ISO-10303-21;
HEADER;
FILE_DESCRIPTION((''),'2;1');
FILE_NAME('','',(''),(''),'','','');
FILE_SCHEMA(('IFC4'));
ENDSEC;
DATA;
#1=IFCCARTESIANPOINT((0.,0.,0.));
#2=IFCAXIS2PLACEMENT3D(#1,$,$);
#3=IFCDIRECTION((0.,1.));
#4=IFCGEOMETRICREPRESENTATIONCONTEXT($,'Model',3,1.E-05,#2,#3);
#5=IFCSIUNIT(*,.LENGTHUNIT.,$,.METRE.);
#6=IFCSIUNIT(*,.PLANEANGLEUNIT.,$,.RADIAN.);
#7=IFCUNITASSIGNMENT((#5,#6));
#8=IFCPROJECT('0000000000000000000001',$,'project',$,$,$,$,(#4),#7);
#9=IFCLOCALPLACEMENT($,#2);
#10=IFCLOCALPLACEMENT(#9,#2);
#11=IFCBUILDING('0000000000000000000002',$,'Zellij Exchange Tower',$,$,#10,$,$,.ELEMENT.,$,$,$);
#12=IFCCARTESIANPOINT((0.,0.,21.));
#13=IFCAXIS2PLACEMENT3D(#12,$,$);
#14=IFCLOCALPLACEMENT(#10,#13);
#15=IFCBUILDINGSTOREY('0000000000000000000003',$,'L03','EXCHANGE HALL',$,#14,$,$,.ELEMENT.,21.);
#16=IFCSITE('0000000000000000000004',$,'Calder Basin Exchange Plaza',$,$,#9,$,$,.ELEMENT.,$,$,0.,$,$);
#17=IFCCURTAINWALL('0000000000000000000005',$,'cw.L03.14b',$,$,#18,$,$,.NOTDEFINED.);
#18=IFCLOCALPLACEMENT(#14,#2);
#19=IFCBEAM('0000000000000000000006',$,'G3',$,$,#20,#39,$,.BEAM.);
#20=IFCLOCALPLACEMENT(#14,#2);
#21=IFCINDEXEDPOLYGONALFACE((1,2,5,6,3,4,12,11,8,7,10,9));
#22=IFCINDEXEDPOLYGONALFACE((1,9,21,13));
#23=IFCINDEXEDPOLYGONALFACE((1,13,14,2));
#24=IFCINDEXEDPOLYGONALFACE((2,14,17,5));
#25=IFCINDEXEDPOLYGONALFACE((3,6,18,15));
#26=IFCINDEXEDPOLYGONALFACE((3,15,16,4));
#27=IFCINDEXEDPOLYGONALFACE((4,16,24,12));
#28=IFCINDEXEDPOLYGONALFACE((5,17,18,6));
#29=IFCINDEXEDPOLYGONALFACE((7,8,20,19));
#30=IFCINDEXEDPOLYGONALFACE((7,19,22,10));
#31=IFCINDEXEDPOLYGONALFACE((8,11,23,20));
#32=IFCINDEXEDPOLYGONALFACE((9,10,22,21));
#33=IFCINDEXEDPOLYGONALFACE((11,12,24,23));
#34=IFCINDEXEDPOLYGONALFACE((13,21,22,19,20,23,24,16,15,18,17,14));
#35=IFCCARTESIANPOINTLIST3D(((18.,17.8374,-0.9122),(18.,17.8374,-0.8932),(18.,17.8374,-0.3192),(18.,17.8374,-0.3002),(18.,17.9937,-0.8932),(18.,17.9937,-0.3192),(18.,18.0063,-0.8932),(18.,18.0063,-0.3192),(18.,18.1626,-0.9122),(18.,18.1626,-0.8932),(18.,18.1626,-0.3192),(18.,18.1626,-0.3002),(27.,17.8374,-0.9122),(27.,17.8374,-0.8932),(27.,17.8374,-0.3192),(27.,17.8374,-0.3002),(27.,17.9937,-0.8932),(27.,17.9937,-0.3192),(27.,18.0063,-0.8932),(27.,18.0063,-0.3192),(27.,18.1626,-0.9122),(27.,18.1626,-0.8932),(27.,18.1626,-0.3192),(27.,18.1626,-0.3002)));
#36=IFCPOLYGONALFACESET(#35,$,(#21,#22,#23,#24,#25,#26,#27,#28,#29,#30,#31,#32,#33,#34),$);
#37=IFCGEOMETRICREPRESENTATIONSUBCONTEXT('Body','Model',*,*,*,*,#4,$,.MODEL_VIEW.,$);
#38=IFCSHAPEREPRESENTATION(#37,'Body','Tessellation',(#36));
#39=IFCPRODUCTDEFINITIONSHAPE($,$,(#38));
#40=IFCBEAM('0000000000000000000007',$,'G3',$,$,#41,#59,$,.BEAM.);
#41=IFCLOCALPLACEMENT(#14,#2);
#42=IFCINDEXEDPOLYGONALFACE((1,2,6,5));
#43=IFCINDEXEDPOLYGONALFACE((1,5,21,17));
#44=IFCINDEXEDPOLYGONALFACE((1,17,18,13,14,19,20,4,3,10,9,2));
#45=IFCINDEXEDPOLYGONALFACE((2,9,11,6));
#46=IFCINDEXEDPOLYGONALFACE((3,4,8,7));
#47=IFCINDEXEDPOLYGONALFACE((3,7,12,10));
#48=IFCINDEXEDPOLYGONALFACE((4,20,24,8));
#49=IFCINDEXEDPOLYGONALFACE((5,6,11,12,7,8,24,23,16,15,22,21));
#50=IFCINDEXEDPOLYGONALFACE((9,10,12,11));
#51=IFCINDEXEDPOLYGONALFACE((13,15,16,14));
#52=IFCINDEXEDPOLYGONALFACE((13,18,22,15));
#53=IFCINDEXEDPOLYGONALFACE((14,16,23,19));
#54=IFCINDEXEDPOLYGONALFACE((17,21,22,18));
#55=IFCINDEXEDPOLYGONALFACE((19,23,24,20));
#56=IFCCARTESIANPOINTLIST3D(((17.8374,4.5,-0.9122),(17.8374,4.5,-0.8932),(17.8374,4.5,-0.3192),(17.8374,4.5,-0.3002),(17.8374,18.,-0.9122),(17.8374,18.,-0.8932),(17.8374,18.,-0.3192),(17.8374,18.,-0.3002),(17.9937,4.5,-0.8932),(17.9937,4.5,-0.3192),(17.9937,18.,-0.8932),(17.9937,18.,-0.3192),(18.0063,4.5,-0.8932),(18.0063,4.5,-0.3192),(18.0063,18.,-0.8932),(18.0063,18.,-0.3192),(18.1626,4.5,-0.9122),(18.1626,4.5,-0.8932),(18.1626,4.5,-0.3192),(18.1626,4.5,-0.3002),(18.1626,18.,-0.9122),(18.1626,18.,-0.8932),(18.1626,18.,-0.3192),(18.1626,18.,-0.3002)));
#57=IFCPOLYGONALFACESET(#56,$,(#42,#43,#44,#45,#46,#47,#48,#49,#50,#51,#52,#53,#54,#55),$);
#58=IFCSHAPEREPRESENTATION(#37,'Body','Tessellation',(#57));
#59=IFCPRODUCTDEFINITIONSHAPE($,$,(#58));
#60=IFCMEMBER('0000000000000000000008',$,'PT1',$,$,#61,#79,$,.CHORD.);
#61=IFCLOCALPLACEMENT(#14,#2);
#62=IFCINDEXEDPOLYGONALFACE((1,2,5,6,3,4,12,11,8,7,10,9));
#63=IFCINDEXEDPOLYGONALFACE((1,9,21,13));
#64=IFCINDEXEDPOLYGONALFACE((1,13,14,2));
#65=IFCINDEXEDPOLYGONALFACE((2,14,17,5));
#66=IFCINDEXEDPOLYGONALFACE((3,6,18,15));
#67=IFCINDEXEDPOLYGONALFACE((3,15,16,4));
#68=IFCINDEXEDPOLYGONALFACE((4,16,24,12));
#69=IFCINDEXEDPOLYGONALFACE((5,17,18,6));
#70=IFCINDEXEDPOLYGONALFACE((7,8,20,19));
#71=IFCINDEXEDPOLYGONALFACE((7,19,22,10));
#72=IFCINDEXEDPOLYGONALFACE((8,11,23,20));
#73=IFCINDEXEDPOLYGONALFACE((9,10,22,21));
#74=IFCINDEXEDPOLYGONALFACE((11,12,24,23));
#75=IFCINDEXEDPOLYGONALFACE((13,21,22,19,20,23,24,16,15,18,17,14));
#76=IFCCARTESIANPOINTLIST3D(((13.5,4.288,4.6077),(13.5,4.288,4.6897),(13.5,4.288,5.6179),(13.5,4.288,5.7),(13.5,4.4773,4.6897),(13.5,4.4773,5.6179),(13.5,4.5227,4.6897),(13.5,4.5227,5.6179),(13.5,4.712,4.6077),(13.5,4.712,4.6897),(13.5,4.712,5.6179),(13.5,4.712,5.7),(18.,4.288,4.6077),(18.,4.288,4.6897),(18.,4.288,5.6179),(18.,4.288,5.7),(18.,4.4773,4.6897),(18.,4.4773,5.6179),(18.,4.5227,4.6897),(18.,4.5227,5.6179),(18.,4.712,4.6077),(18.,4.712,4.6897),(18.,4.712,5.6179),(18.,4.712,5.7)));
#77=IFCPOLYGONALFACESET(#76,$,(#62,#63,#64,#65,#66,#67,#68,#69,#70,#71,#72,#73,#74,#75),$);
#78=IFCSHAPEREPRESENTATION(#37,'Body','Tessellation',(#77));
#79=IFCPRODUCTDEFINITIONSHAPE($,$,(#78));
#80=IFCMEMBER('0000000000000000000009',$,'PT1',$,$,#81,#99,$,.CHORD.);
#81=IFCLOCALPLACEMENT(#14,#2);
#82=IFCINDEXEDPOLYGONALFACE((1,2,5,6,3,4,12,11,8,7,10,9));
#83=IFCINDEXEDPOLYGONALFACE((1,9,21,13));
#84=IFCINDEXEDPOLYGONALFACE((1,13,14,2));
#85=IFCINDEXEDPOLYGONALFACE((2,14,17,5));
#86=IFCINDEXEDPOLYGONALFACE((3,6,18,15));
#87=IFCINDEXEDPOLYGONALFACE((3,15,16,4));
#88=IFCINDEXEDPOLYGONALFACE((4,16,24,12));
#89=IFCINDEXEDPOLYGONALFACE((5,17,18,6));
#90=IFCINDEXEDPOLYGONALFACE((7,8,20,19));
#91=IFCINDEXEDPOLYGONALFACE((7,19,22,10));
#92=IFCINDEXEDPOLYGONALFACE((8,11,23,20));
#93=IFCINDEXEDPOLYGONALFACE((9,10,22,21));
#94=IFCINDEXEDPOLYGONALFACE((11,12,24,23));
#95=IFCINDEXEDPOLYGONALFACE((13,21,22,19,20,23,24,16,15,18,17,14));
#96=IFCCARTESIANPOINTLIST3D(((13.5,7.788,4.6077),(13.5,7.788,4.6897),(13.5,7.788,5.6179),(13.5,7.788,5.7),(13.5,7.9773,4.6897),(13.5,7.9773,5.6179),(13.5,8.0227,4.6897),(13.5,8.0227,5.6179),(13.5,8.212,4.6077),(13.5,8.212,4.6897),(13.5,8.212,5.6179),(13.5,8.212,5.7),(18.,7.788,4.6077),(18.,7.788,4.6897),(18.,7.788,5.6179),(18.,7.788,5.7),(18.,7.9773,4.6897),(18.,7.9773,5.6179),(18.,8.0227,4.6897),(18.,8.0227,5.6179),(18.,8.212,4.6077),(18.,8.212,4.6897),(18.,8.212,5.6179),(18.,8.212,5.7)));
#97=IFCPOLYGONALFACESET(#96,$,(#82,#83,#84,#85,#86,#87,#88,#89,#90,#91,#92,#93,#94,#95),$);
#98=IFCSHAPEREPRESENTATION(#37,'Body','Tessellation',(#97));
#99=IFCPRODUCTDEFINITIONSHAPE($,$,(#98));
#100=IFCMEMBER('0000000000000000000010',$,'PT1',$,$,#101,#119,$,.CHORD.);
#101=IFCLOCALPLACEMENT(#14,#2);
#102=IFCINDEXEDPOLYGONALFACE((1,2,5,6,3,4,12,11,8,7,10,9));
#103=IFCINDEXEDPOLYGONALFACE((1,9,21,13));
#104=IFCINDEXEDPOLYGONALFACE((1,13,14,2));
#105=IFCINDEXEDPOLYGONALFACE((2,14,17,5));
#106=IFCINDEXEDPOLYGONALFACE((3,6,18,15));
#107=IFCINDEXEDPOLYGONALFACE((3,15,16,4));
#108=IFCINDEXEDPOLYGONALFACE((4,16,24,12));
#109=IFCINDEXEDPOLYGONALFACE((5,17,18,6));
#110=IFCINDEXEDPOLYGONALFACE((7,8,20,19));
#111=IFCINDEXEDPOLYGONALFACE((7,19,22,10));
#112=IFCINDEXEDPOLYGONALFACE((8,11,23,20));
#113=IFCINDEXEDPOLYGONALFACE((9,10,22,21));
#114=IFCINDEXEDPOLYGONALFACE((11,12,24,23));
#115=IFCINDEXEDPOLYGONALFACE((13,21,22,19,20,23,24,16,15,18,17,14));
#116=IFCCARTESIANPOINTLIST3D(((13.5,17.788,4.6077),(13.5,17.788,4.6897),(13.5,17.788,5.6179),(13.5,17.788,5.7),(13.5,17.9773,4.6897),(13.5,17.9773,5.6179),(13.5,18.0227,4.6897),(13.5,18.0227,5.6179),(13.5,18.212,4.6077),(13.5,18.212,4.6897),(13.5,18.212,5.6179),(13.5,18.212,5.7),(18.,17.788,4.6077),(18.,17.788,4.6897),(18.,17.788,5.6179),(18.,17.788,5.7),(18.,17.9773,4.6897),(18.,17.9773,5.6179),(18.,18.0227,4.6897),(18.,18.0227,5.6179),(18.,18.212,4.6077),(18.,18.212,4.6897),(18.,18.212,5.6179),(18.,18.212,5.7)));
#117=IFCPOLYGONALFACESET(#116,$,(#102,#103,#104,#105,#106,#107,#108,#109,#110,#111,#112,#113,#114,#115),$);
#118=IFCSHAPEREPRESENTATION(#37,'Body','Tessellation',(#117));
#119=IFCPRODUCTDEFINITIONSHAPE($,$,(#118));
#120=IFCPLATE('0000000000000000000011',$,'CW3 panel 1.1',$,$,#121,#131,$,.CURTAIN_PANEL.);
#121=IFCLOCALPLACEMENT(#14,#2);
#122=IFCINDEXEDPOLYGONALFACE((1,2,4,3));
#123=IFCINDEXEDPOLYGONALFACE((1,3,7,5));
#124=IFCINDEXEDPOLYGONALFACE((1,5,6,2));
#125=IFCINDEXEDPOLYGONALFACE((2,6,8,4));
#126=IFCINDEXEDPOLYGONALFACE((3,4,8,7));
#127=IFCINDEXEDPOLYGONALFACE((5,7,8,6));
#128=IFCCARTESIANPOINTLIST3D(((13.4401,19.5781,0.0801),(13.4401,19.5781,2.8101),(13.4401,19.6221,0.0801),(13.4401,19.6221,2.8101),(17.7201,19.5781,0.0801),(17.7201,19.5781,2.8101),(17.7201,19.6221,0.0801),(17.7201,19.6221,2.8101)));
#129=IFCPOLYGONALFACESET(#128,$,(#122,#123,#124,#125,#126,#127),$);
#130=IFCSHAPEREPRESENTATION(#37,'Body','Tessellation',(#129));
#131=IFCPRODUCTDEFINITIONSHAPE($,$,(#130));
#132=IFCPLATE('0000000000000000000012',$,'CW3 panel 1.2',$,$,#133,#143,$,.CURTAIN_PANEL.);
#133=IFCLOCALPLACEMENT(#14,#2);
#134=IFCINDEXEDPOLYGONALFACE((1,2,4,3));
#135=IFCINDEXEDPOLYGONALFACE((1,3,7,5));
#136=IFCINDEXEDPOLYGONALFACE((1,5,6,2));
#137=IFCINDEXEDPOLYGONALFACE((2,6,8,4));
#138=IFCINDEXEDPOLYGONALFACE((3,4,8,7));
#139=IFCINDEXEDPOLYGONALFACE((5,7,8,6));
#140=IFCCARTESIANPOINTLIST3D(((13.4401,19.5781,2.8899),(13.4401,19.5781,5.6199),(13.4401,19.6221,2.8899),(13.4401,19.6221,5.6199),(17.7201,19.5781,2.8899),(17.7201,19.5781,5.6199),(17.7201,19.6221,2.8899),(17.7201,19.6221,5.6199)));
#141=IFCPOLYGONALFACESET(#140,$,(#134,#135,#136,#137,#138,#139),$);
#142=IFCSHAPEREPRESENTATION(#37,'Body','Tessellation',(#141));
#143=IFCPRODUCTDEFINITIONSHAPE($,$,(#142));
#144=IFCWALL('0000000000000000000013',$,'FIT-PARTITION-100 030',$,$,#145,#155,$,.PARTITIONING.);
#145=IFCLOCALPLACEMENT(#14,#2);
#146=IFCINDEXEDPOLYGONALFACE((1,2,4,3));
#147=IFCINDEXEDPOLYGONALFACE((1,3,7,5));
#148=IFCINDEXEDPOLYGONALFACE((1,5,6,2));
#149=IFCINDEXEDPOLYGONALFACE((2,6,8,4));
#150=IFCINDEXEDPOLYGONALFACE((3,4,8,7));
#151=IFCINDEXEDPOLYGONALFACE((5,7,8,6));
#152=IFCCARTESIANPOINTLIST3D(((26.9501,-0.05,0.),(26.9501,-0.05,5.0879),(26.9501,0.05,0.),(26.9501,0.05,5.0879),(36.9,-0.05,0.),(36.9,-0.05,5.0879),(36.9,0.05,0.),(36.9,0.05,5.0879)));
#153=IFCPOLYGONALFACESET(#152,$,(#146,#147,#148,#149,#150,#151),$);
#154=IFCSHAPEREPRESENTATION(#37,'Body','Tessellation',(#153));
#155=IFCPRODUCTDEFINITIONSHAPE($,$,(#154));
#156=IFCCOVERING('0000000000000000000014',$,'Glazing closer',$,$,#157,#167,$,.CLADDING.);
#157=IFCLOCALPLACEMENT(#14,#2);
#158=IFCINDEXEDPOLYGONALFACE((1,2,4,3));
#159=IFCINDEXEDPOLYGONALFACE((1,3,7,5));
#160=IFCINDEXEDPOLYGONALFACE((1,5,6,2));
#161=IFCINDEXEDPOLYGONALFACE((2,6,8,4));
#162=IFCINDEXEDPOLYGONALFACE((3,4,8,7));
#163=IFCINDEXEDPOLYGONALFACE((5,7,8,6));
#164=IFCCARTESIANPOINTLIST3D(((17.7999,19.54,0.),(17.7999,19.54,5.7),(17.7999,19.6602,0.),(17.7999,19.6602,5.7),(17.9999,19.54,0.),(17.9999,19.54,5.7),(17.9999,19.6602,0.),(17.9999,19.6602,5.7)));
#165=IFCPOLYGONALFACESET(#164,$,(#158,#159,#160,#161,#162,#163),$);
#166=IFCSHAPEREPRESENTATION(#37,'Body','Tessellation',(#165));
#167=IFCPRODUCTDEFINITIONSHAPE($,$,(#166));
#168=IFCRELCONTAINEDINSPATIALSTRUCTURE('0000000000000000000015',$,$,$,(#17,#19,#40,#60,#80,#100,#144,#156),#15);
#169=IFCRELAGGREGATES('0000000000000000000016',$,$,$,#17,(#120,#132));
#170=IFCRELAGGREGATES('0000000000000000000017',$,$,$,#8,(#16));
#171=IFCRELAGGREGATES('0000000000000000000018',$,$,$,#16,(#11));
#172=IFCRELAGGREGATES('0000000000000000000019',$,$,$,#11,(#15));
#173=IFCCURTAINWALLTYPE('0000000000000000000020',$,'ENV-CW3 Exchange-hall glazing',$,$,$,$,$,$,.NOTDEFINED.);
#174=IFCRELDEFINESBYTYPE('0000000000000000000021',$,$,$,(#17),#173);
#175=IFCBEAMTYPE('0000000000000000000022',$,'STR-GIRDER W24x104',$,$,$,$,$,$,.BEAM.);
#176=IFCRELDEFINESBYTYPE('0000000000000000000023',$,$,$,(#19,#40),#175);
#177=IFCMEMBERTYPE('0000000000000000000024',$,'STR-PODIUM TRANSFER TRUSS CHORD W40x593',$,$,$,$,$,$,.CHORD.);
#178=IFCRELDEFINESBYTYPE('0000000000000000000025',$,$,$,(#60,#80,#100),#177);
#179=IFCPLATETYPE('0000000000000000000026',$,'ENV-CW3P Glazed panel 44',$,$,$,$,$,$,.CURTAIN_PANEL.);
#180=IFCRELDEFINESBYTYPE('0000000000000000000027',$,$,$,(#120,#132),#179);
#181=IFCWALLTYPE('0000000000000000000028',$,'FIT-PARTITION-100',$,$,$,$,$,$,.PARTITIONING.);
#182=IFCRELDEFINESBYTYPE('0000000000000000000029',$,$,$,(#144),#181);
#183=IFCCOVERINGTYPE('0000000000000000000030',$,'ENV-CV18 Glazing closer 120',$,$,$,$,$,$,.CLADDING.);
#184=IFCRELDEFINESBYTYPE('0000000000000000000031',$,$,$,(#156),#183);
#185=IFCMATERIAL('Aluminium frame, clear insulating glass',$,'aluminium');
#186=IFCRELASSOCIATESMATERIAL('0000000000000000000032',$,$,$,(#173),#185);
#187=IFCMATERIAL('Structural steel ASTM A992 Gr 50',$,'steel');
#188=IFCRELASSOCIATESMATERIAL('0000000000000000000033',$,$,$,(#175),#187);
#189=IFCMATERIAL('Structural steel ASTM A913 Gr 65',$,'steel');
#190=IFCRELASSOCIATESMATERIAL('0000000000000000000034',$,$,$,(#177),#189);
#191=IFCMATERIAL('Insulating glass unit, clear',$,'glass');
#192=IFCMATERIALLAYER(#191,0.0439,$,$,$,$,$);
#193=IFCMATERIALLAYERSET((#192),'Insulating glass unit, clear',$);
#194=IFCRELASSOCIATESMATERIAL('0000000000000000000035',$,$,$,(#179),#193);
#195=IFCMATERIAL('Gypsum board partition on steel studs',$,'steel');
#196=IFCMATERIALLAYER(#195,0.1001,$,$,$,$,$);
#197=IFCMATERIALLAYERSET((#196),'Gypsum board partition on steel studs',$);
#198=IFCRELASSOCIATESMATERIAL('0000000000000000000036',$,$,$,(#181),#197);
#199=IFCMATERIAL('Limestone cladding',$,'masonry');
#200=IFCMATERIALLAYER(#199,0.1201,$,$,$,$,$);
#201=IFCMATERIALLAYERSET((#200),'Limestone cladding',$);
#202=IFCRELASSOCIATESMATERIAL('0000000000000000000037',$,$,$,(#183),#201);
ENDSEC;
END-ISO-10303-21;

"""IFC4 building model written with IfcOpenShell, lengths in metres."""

from ifc_helpers import new_model, si_unit, direction, frame, frame_2d, origin, origin_2d, place, context, subcontext, project, spatial, rectangle, i_section, extrude, material, layer, layer_set, material_profile, profile_set, type_object, element, aggregate, save


model = new_model("IFC4")

# Units and contexts
model_context = context("Model", 3, precision=1e-05, world=origin(), true_north=direction((0.0, 1.0)))
body_context = subcontext(model_context, "Body", "Model", "MODEL_VIEW")
ifc_project = project(units=[si_unit("LENGTHUNIT", "METRE"), si_unit("PLANEANGLEUNIT", "RADIAN")], contexts=[model_context])

# Site, building, storey
site_placement = place(None, origin())
site = spatial("IfcSite", under=ifc_project, at=site_placement, Name="Calder Basin Exchange Plaza", CompositionType="ELEMENT", RefElevation=0.0)
building_placement = place(site_placement, origin())
building = spatial("IfcBuilding", under=site, at=building_placement, Name="Zellij Exchange Tower", CompositionType="ELEMENT")
storey_placement = place(building_placement, frame((0.0, 0.0, 21.0)))
storey = spatial("IfcBuildingStorey", under=building, at=storey_placement, Name="L03", Description="EXCHANGE HALL", CompositionType="ELEMENT", Elevation=21.0)

# Shared definitions
ifc_material_1 = material(Name="Structural steel ASTM A913 Gr 65", Category="steel")

# Curtain wall
ifc_material_2 = material(Name="Aluminium frame, clear insulating glass", Category="aluminium")
curtain_wall_type = type_object("IfcCurtainWallType", Name="ENV-CW3 Exchange-hall glazing", PredefinedType="NOTDEFINED", material=ifc_material_2)
curtain_wall_placement = place(storey_placement, origin())
curtain_wall = element("IfcCurtainWall", 1, at=curtain_wall_placement, inside=storey, type_object=curtain_wall_type, Name="cw.L03.14b", PredefinedType="NOTDEFINED")

# Beams
ifc_material_3 = material(Name="Structural steel ASTM A992 Gr 50", Category="steel")
ifc_material_profile_1 = material_profile(ifc_material_3, i_section(OverallWidth=0.3252, OverallDepth=0.6121, WebThickness=0.0127, FlangeThickness=0.019, at=origin_2d()), Name="W24x104")
ifc_profile_set_1 = profile_set([ifc_material_profile_1], Name="Structural steel ASTM A992 Gr 50")
beam_type_1 = type_object("IfcBeamType", Name="STR-GIRDER W24x104", PredefinedType="BEAM", material=ifc_profile_set_1)
beam_1_placement = place(storey_placement, frame((18.0, 18.0, -0.6062), z_axis=(1.0, 0.0, 0.0), x_axis=(0.0, 1.0, 0.0)))
element("IfcBeam", 2, at=beam_1_placement, inside=storey, type_object=beam_type_1, Name="G3", PredefinedType="BEAM", context=body_context, shape_type="SweptSolid", body=[
    extrude(i_section(OverallWidth=0.3252, OverallDepth=0.6121, WebThickness=0.0127, FlangeThickness=0.019, at=origin_2d()), origin(), (0.0, 0.0, 1.0), 9.0),
])
beam_2_placement = place(storey_placement, frame((18.0, 4.5, -0.6062), z_axis=(0.0, 1.0, 0.0), x_axis=(-1.0, 0.0, 0.0)))
element("IfcBeam", 3, at=beam_2_placement, inside=storey, type_object=beam_type_1, Name="G3", PredefinedType="BEAM", context=body_context, shape_type="SweptSolid", body=[
    extrude(i_section(OverallWidth=0.3252, OverallDepth=0.6121, WebThickness=0.0127, FlangeThickness=0.019, at=origin_2d()), origin(), (0.0, 0.0, 1.0), 13.5),
])

# Members
ifc_material_profile_2 = material_profile(ifc_material_1, i_section(OverallWidth=0.4241, OverallDepth=1.0923, WebThickness=0.0454, FlangeThickness=0.082, at=origin_2d()), Name="W40x593")
ifc_profile_set_2 = profile_set([ifc_material_profile_2], Name="Structural steel ASTM A913 Gr 65")
member_type_1 = type_object("IfcMemberType", Name="STR-PODIUM TRANSFER TRUSS CHORD W40x593", PredefinedType="CHORD", material=ifc_profile_set_2)
for number, where, z_axis, x_axis, name in (
    (4, (13.5, 4.5, 5.1538), (1.0, 0.0, 0.0), (0.0, 1.0, 0.0), "PT1"),
    (5, (13.5, 8.0, 5.1538), (1.0, 0.0, 0.0), (0.0, 1.0, 0.0), "PT1"),
    (6, (13.5, 18.0, 5.1538), (1.0, 0.0, 0.0), (0.0, 1.0, 0.0), "PT1"),
):
    element("IfcMember", number, at=place(storey_placement, frame(where, z_axis=z_axis, x_axis=x_axis)), inside=storey, type_object=member_type_1, Name=name, PredefinedType="CHORD", context=body_context, shape_type="SweptSolid", body=[
        extrude(i_section(OverallWidth=0.4241, OverallDepth=1.0923, WebThickness=0.0454, FlangeThickness=0.082, at=origin_2d()), origin(), (0.0, 0.0, 1.0), 4.5),
    ])

# Plates
ifc_material_4 = material(Name="Insulating glass unit, clear", Category="glass")
ifc_layer_1 = layer(ifc_material_4, 0.0439)
ifc_layer_set_1 = layer_set([ifc_layer_1], Name="Insulating glass unit, clear")
plate_type = type_object("IfcPlateType", Name="ENV-CW3P Glazed panel 44", PredefinedType="CURTAIN_PANEL", material=ifc_layer_set_1)
plate_1_placement = place(storey_placement, frame((15.5801, 19.6001, 0.0801), z_axis=(0.0, 0.0, 1.0), x_axis=(-1.0, 0.0, 0.0)))
plate_1 = element("IfcPlate", 7, at=plate_1_placement, type_object=plate_type, Name="CW3 panel 1.1", PredefinedType="CURTAIN_PANEL", context=body_context, shape_type="SweptSolid", body=[
    extrude(rectangle(XDim=4.28, YDim=0.0439, at=origin_2d()), origin(), (0.0, 0.0, 1.0), 2.73),
])
plate_2_placement = place(storey_placement, frame((15.5801, 19.6001, 2.8899), z_axis=(0.0, 0.0, 1.0), x_axis=(-1.0, 0.0, 0.0)))
plate_2 = element("IfcPlate", 8, at=plate_2_placement, type_object=plate_type, Name="CW3 panel 1.2", PredefinedType="CURTAIN_PANEL", context=body_context, shape_type="SweptSolid", body=[
    extrude(rectangle(XDim=4.28, YDim=0.0439, at=origin_2d()), origin(), (0.0, 0.0, 1.0), 2.73),
])
aggregate(curtain_wall, [plate_1, plate_2])

# Wall
ifc_material_5 = material(Name="Gypsum board partition on steel studs", Category="steel")
ifc_layer_2 = layer(ifc_material_5, 0.1001)
ifc_layer_set_2 = layer_set([ifc_layer_2], Name="Gypsum board partition on steel studs")
wall_type = type_object("IfcWallType", Name="FIT-PARTITION-100", PredefinedType="PARTITIONING", material=ifc_layer_set_2)
wall_1_placement = place(storey_placement, frame((26.95, 0.0, 0.0), z_axis=(0.0, 0.0, 1.0), x_axis=(1.0, 0.0, 0.0)))
element("IfcWall", 9, at=wall_1_placement, inside=storey, type_object=wall_type, Name="FIT-PARTITION-100 030", PredefinedType="PARTITIONING", context=body_context, shape_type="SweptSolid", body=[
    extrude(rectangle(XDim=9.95, YDim=0.1001, at=frame_2d((4.9751, 0.0))), origin(), (0.0, 0.0, 1.0), 5.0879),
])

# Covering
ifc_material_6 = material(Name="Limestone cladding", Category="masonry")
ifc_layer_3 = layer(ifc_material_6, 0.1201)
ifc_layer_set_3 = layer_set([ifc_layer_3], Name="Limestone cladding")
covering_type_1 = type_object("IfcCoveringType", Name="ENV-CV18 Glazing closer 120", PredefinedType="CLADDING", material=ifc_layer_set_3)
covering_1_placement = place(storey_placement, frame((17.8999, 19.6001, 0.0), z_axis=(0.0, 0.0, 1.0), x_axis=(1.0, 0.0, 0.0)))
element("IfcCovering", 10, at=covering_1_placement, inside=storey, type_object=covering_type_1, Name="Glazing closer", PredefinedType="CLADDING", context=body_context, shape_type="SweptSolid", body=[
    extrude(rectangle(XDim=0.2, YDim=0.1201, at=origin_2d()), origin(), (0.0, 0.0, 1.0), 5.7),
])

save(model, "model.ifc")
